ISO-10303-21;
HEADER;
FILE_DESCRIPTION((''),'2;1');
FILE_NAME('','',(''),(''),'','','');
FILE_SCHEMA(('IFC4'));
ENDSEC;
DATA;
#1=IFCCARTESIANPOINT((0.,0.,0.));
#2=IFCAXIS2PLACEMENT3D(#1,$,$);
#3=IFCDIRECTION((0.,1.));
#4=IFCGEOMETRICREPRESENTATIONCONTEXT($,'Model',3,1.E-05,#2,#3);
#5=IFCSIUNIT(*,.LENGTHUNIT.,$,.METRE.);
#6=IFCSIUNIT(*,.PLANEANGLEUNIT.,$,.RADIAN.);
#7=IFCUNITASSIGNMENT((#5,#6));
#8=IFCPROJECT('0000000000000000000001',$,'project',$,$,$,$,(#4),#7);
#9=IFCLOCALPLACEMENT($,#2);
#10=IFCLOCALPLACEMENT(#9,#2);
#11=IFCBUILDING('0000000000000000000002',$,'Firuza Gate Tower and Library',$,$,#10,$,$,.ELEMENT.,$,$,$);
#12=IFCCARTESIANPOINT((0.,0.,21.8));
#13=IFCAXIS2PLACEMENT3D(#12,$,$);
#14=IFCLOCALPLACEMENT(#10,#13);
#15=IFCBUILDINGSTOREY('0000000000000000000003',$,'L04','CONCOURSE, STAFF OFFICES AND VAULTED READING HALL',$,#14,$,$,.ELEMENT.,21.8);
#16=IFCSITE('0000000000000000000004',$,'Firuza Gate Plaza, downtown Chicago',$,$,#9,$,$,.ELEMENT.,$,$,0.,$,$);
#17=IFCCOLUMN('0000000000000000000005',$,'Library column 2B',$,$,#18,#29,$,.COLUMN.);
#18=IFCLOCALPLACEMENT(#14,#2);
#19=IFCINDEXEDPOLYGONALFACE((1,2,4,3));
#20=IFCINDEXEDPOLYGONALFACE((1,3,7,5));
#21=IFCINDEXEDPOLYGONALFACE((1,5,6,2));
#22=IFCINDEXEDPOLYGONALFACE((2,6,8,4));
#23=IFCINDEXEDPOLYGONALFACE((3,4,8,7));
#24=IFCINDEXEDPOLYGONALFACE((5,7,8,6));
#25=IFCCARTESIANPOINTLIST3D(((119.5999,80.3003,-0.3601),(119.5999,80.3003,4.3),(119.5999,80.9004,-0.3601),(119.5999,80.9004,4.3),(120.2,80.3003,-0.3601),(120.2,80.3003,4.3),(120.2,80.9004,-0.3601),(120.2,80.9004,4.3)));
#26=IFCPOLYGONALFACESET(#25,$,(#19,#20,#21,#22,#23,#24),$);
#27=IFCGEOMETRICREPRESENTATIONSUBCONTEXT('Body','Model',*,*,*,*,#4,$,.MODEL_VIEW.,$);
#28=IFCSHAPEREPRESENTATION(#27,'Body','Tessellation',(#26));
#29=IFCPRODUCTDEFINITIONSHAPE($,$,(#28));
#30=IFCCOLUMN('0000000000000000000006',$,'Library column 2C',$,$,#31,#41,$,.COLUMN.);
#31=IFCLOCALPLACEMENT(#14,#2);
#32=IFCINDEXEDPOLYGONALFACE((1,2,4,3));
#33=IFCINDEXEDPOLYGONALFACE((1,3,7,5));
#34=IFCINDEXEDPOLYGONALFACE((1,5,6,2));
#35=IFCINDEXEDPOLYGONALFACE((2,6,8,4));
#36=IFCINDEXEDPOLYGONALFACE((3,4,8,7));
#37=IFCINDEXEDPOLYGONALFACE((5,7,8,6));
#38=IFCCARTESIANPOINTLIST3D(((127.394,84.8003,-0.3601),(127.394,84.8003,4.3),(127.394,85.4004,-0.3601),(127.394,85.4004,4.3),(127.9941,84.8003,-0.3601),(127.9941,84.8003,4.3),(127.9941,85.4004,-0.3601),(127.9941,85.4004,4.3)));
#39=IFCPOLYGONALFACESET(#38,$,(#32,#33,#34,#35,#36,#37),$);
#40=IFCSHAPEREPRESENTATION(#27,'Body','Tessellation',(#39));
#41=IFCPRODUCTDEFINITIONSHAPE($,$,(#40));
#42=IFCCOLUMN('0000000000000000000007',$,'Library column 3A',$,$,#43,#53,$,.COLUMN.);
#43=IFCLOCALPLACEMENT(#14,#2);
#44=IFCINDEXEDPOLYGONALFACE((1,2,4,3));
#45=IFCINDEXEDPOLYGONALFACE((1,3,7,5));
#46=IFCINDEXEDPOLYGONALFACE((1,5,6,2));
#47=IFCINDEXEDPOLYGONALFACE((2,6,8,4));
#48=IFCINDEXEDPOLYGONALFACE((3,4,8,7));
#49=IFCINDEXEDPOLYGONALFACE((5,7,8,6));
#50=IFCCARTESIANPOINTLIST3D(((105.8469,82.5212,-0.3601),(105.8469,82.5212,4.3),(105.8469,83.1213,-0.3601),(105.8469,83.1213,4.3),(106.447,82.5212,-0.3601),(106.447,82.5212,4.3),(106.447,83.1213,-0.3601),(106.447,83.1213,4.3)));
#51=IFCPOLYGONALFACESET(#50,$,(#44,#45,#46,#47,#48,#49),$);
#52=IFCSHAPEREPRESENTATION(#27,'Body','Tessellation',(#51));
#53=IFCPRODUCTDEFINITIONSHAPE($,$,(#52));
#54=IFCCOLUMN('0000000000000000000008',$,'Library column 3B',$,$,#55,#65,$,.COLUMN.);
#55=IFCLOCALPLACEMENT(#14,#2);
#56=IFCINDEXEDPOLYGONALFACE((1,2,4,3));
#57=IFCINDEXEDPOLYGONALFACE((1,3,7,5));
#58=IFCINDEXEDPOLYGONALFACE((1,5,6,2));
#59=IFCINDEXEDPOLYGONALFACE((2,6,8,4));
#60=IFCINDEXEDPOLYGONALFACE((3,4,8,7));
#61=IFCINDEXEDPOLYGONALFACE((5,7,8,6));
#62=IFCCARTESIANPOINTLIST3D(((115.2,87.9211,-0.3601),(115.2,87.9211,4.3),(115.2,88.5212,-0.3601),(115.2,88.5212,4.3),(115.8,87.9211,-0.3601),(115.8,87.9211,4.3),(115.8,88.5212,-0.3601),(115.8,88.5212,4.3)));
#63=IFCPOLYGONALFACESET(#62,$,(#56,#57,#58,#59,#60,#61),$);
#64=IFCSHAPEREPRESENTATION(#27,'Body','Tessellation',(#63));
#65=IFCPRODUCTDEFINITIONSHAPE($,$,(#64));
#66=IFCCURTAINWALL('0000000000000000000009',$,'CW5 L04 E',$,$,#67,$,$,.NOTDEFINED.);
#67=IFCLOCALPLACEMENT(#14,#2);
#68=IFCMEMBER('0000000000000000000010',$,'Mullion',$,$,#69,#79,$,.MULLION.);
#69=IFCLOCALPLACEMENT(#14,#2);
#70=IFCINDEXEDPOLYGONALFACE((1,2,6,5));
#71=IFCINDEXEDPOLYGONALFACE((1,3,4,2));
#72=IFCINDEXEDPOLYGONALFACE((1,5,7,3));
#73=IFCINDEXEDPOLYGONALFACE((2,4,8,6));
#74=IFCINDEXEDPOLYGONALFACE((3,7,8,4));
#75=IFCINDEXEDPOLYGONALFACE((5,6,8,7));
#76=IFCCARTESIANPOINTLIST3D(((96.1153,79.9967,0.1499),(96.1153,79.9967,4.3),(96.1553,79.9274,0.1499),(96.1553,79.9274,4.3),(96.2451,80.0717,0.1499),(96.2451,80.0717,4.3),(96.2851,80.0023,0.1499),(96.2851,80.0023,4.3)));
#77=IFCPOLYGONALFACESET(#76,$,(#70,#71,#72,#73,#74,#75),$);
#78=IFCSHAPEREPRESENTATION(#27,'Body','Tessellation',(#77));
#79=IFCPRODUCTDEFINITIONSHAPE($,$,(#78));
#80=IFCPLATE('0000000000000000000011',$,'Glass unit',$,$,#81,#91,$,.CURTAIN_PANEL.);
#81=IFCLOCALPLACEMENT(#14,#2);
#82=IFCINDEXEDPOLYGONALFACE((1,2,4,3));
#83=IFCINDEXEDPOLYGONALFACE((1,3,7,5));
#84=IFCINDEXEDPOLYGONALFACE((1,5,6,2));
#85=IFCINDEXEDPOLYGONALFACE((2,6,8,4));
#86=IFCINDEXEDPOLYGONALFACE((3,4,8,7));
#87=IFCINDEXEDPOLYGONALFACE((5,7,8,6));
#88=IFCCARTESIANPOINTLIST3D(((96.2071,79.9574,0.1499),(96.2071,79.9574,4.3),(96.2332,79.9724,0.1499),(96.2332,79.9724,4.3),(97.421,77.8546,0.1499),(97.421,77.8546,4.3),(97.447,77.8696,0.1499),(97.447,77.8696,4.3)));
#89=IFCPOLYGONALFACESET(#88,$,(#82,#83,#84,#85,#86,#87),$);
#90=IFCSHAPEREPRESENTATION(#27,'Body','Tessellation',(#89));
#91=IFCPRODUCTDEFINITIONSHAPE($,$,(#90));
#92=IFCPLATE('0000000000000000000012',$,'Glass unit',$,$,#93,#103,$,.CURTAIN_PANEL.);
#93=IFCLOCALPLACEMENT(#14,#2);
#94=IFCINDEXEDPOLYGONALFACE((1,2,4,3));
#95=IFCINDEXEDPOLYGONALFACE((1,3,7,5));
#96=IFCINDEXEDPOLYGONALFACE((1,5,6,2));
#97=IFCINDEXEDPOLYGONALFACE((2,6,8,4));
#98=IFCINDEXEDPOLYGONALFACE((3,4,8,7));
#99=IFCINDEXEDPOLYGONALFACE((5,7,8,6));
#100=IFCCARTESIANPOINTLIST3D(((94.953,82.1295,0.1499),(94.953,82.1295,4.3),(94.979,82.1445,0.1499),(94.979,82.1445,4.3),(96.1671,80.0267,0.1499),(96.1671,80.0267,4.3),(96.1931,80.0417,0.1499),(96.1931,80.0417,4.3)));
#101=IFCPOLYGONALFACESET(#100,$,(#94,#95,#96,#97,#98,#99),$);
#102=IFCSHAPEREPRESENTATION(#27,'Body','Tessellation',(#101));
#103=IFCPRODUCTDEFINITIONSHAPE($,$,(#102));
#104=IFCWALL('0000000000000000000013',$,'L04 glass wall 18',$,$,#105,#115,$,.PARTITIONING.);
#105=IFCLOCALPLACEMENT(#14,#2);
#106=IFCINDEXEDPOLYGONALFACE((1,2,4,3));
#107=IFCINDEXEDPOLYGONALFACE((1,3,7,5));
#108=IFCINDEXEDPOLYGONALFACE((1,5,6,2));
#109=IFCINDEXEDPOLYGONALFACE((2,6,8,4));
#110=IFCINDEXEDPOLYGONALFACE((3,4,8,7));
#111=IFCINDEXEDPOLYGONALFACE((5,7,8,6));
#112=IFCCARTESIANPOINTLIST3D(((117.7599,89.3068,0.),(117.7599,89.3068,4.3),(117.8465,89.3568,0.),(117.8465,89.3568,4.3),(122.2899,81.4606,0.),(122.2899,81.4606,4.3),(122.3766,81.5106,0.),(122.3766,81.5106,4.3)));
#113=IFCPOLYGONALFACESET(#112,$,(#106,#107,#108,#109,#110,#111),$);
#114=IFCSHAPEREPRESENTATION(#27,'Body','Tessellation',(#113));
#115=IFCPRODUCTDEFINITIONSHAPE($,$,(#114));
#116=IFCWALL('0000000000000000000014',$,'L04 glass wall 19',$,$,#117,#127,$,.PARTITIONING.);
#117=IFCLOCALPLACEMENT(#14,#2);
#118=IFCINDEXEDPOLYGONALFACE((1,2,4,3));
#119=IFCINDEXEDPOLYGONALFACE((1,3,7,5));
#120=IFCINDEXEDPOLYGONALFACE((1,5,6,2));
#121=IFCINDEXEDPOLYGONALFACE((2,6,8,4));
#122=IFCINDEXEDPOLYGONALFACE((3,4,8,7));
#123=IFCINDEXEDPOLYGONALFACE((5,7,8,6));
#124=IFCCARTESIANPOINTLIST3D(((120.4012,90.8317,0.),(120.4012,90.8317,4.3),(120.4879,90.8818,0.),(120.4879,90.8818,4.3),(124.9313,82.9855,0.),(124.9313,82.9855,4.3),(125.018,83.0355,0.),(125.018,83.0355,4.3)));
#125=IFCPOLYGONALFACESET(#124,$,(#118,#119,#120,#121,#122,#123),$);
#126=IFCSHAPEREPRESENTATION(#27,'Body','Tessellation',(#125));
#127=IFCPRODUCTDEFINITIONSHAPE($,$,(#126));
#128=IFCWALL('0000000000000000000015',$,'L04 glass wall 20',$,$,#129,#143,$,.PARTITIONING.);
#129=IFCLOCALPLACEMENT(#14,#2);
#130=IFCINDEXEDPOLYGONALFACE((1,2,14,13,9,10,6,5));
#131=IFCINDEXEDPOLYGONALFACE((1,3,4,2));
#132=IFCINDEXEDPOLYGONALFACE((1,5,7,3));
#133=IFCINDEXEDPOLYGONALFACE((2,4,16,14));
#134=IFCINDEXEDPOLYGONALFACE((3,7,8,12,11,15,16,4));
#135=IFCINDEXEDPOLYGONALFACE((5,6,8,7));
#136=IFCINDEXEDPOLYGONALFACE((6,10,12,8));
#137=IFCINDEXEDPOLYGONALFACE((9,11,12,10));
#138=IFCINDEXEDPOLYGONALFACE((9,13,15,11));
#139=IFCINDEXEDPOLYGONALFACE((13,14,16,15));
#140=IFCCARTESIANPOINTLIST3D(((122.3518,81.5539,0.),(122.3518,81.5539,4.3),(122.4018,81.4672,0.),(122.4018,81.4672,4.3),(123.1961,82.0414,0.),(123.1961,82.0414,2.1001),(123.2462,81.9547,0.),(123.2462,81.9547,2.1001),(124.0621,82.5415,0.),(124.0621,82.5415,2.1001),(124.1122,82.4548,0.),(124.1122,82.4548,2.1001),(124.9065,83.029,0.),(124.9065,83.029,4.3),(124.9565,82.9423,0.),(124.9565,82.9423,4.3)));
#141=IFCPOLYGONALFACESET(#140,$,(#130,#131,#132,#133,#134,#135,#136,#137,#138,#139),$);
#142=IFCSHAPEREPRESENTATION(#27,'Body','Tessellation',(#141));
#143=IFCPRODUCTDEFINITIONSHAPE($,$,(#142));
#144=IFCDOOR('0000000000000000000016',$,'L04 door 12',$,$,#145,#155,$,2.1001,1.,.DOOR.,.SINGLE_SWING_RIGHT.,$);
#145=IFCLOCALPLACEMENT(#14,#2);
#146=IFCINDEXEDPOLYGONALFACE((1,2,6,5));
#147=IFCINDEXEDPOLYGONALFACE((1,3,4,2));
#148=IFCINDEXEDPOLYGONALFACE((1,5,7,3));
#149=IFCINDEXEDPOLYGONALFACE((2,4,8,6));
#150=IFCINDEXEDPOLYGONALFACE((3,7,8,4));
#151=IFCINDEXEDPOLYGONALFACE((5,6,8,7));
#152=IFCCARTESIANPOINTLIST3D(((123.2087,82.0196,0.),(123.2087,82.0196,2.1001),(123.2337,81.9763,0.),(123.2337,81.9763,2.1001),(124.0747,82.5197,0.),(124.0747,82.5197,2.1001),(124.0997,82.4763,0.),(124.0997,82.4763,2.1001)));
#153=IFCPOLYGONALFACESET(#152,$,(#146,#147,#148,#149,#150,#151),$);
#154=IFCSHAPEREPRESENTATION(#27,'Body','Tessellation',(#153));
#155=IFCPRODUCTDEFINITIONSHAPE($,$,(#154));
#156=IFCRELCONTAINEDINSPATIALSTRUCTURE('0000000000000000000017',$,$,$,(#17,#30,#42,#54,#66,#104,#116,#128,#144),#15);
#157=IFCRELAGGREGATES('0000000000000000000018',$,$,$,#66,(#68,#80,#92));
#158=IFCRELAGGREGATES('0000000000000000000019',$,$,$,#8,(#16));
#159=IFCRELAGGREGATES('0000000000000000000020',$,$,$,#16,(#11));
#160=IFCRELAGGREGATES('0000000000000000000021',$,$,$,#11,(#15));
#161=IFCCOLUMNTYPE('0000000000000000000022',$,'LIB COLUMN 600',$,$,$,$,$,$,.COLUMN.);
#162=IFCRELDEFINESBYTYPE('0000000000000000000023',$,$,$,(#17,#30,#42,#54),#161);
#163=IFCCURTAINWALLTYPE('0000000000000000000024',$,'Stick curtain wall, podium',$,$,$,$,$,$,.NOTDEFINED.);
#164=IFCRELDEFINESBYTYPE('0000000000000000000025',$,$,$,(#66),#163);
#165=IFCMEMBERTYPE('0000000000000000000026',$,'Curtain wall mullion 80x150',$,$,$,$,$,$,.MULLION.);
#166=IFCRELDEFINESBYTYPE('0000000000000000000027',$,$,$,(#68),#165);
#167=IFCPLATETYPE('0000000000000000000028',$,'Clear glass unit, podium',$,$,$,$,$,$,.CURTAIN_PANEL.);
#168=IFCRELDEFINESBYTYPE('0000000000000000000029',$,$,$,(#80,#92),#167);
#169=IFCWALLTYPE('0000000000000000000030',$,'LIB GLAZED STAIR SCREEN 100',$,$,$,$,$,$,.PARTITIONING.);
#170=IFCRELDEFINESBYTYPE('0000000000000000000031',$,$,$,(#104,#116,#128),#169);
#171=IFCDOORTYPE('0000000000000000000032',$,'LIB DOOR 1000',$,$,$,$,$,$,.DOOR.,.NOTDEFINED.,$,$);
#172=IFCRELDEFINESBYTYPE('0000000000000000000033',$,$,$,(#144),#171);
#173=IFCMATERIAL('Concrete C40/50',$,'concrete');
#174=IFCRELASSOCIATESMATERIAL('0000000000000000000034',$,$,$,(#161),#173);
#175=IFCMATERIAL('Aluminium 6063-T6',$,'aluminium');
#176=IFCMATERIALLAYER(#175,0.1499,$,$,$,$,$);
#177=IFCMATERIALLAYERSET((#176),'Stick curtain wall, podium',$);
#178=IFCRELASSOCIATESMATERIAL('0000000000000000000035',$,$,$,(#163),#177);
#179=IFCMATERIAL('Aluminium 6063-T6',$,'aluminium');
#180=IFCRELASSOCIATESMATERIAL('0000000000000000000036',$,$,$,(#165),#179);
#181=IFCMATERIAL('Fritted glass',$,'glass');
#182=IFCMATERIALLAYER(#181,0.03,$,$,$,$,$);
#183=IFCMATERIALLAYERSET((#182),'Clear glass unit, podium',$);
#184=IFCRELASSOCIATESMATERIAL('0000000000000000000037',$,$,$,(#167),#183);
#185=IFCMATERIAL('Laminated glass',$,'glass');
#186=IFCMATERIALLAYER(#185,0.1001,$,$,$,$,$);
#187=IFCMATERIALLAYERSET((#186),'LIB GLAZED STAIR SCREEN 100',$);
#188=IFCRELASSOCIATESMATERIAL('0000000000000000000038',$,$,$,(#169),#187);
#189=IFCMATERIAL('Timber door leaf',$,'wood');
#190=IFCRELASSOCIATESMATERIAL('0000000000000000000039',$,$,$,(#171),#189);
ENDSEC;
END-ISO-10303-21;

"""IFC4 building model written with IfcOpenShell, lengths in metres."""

from ifc_helpers import new_model, si_unit, direction, frame, frame_2d, origin, origin_2d, place, context, subcontext, project, spatial, polyline, rectangle, outline, extrude, material, layer, layer_set, material_profile, profile_set, type_object, element, fill, aggregate, save


model = new_model("IFC4")

# Units and contexts
model_context = context("Model", 3, precision=1e-05, world=origin(), true_north=direction((0.0, 1.0)))
body_context = subcontext(model_context, "Body", "Model", "MODEL_VIEW")
ifc_project = project(units=[si_unit("LENGTHUNIT", "METRE"), si_unit("PLANEANGLEUNIT", "RADIAN")], contexts=[model_context])

# Site, building, storey
site_placement = place(None, origin())
site = spatial("IfcSite", under=ifc_project, at=site_placement, Name="Firuza Gate Plaza, downtown Chicago", CompositionType="ELEMENT", RefElevation=0.0)
building_placement = place(site_placement, origin())
building = spatial("IfcBuilding", under=site, at=building_placement, Name="Firuza Gate Tower and Library", CompositionType="ELEMENT")
storey_placement = place(building_placement, frame((0.0, 0.0, 21.8)))
storey = spatial("IfcBuildingStorey", under=building, at=storey_placement, Name="L04", Description="CONCOURSE, STAFF OFFICES AND VAULTED READING HALL", CompositionType="ELEMENT", Elevation=21.8)

# Columns
ifc_material_1 = material(Name="Concrete C40/50", Category="concrete")
ifc_material_profile_1 = material_profile(ifc_material_1, rectangle(XDim=0.6001, YDim=0.6001, at=origin_2d()))
ifc_profile_set_1 = profile_set([ifc_material_profile_1], Name="Concrete C40/50")
column_type = type_object("IfcColumnType", Name="LIB COLUMN 600", PredefinedType="COLUMN", material=ifc_profile_set_1)
for number, where, z_axis, x_axis, name in (
    (1, (119.8999, 80.6003, -0.3601), (0.0, 0.0, 1.0), (1.0, 0.0, 0.0), "Library column 2B"),
    (2, (127.6941, 85.1003, -0.3601), (0.0, 0.0, 1.0), (1.0, 0.0, 0.0), "Library column 2C"),
    (3, (106.147, 82.8213, -0.3601), (0.0, 0.0, 1.0), (1.0, 0.0, 0.0), "Library column 3A"),
    (4, (115.5, 88.2212, -0.3601), (0.0, 0.0, 1.0), (1.0, 0.0, 0.0), "Library column 3B"),
):
    element("IfcColumn", number, at=place(storey_placement, frame(where, z_axis=z_axis, x_axis=x_axis)), inside=storey, type_object=column_type, Name=name, PredefinedType="COLUMN", context=body_context, shape_type="SweptSolid", body=[
        extrude(rectangle(XDim=0.6001, YDim=0.6001, at=origin_2d()), origin(), (0.0, 0.0, 1.0), 4.6602),
    ])

# Curtain wall, member, plates
ifc_material_2 = material(Name="Aluminium 6063-T6", Category="aluminium")
ifc_layer_1 = layer(ifc_material_2, 0.1499)
ifc_layer_set_1 = layer_set([ifc_layer_1], Name="Stick curtain wall, podium")
curtain_wall_type = type_object("IfcCurtainWallType", Name="Stick curtain wall, podium", PredefinedType="NOTDEFINED", material=ifc_layer_set_1)
curtain_wall_placement = place(storey_placement, origin())
curtain_wall = element("IfcCurtainWall", 5, at=curtain_wall_placement, inside=storey, type_object=curtain_wall_type, Name="CW5 L04 E", PredefinedType="NOTDEFINED")
ifc_material_3 = material(Name="Aluminium 6063-T6", Category="aluminium")
ifc_material_profile_2 = material_profile(ifc_material_3, rectangle(XDim=0.1499, YDim=0.0801, at=origin_2d()))
ifc_profile_set_2 = profile_set([ifc_material_profile_2], Name="Aluminium 6063-T6")
member_type = type_object("IfcMemberType", Name="Curtain wall mullion 80x150", PredefinedType="MULLION", material=ifc_profile_set_2)
member_placement = place(storey_placement, frame((96.2002, 79.9995, 0.1499), z_axis=(0.0, 0.0, 1.0), x_axis=(-0.866025, -0.5, 0.0)))
member = element("IfcMember", 6, at=member_placement, type_object=member_type, Name="Mullion", PredefinedType="MULLION", context=body_context, shape_type="SweptSolid", body=[
    extrude(rectangle(XDim=0.1499, YDim=0.0801, at=origin_2d()), origin(), (0.0, 0.0, 1.0), 4.1501),
])
ifc_material_4 = material(Name="Fritted glass", Category="glass")
ifc_layer_2 = layer(ifc_material_4, 0.03)
ifc_layer_set_2 = layer_set([ifc_layer_2], Name="Clear glass unit, podium")
plate_type = type_object("IfcPlateType", Name="Clear glass unit, podium", PredefinedType="CURTAIN_PANEL", material=ifc_layer_set_2)
plate_1_placement = place(storey_placement, frame((97.447, 77.8696, 0.1499), z_axis=(0.866057, 0.499946, 0.0), x_axis=(-0.499946, 0.866057, 0.0)))
plate_1 = element("IfcPlate", 7, at=plate_1_placement, type_object=plate_type, Name="Glass unit", PredefinedType="CURTAIN_PANEL", context=body_context, shape_type="SweptSolid", body=[
    extrude(outline(polyline([(0.0, 0.0), (2.428, 0.0), (2.428, 4.1501), (0.0, 4.1501), (0.0, 0.0)])), origin(), (0.0, 0.0, -1.0), 0.03),
])
plate_2_placement = place(storey_placement, frame((96.1931, 80.0417, 0.1499), z_axis=(0.866013, 0.500021, 0.0), x_axis=(-0.500021, 0.866013, 0.0)))
plate_2 = element("IfcPlate", 8, at=plate_2_placement, type_object=plate_type, Name="Glass unit", PredefinedType="CURTAIN_PANEL", context=body_context, shape_type="SweptSolid", body=[
    extrude(outline(polyline([(0.0, 0.0), (2.4281, 0.0), (2.4281, 4.1501), (0.0, 4.1501), (0.0, 0.0)])), origin(), (0.0, 0.0, -1.0), 0.03),
])
aggregate(curtain_wall, [member, plate_1, plate_2])

# Walls
ifc_material_5 = material(Name="Laminated glass", Category="glass")
ifc_layer_3 = layer(ifc_material_5, 0.1001)
ifc_layer_set_3 = layer_set([ifc_layer_3], Name="LIB GLAZED STAIR SCREEN 100")
wall_type_1 = type_object("IfcWallType", Name="LIB GLAZED STAIR SCREEN 100", PredefinedType="PARTITIONING", material=ifc_layer_set_3)
for number, where, z_axis, x_axis, name in (
    (9, (122.3333, 81.4856, 0.0), (0.0, 0.0, 1.0), (-0.500002, 0.866024, 0.0), "L04 glass wall 18"),
    (10, (124.9746, 83.0105, 0.0), (0.0, 0.0, 1.0), (-0.500002, 0.866024, 0.0), "L04 glass wall 19"),
):
    element("IfcWall", number, at=place(storey_placement, frame(where, z_axis=z_axis, x_axis=x_axis)), inside=storey, type_object=wall_type_1, Name=name, PredefinedType="PARTITIONING", context=body_context, shape_type="SweptSolid", body=[
        extrude(rectangle(XDim=9.0601, YDim=0.1001, at=frame_2d((4.53, 0.0))), origin(), (0.0, 0.0, 1.0), 4.3),
    ])

# Wall, opening, door
wall_1_placement = place(storey_placement, frame((122.3767, 81.5105, 0.0), z_axis=(0.0, 0.0, 1.0), x_axis=(0.866004, 0.500038, 0.0)))
wall_1 = element("IfcWall", 11, at=wall_1_placement, inside=storey, type_object=wall_type_1, Name="L04 glass wall 20", PredefinedType="PARTITIONING", context=body_context, shape_type="SweptSolid", body=[
    extrude(rectangle(XDim=2.95, YDim=0.1001, at=frame_2d((1.4751, 0.0))), origin(), (0.0, 0.0, 1.0), 4.3),
])
opening_1_placement = place(wall_1_placement, frame((0.9751, 0.0, 0.0)))
opening_1 = element("IfcOpeningElement", 12, at=opening_1_placement, cuts=wall_1, PredefinedType="OPENING", context=body_context, shape_type="SweptSolid", body=[
    extrude(rectangle(XDim=1.0, YDim=2.1001, at=frame_2d((0.5, 1.05))), frame((0.0, 0.0601, 0.0), z_axis=(0.0, -1.0, 0.0), x_axis=(1.0, 0.0, 0.0)), (0.0, 0.0, 1.0), 0.1201),
])
ifc_material_6 = material(Name="Timber door leaf", Category="wood")
door_type_1 = type_object("IfcDoorType", Name="LIB DOOR 1000", OperationType="NOTDEFINED", PredefinedType="DOOR", material=ifc_material_6)
door_1_placement = place(opening_1_placement, origin())
door_1 = element("IfcDoor", 13, at=door_1_placement, inside=storey, type_object=door_type_1, Name="L04 door 12", OperationType="SINGLE_SWING_RIGHT", OverallHeight=2.1001, OverallWidth=1.0, PredefinedType="DOOR", context=body_context, shape_type="SweptSolid", body=[
    extrude(rectangle(XDim=1.0, YDim=2.1001, at=frame_2d((0.5, 1.05))), frame((0.0, 0.0249, 0.0), z_axis=(0.0, -1.0, 0.0), x_axis=(1.0, 0.0, 0.0)), (0.0, 0.0, 1.0), 0.05),
])
fill(opening_1, door_1)

save(model, "model.ifc")
